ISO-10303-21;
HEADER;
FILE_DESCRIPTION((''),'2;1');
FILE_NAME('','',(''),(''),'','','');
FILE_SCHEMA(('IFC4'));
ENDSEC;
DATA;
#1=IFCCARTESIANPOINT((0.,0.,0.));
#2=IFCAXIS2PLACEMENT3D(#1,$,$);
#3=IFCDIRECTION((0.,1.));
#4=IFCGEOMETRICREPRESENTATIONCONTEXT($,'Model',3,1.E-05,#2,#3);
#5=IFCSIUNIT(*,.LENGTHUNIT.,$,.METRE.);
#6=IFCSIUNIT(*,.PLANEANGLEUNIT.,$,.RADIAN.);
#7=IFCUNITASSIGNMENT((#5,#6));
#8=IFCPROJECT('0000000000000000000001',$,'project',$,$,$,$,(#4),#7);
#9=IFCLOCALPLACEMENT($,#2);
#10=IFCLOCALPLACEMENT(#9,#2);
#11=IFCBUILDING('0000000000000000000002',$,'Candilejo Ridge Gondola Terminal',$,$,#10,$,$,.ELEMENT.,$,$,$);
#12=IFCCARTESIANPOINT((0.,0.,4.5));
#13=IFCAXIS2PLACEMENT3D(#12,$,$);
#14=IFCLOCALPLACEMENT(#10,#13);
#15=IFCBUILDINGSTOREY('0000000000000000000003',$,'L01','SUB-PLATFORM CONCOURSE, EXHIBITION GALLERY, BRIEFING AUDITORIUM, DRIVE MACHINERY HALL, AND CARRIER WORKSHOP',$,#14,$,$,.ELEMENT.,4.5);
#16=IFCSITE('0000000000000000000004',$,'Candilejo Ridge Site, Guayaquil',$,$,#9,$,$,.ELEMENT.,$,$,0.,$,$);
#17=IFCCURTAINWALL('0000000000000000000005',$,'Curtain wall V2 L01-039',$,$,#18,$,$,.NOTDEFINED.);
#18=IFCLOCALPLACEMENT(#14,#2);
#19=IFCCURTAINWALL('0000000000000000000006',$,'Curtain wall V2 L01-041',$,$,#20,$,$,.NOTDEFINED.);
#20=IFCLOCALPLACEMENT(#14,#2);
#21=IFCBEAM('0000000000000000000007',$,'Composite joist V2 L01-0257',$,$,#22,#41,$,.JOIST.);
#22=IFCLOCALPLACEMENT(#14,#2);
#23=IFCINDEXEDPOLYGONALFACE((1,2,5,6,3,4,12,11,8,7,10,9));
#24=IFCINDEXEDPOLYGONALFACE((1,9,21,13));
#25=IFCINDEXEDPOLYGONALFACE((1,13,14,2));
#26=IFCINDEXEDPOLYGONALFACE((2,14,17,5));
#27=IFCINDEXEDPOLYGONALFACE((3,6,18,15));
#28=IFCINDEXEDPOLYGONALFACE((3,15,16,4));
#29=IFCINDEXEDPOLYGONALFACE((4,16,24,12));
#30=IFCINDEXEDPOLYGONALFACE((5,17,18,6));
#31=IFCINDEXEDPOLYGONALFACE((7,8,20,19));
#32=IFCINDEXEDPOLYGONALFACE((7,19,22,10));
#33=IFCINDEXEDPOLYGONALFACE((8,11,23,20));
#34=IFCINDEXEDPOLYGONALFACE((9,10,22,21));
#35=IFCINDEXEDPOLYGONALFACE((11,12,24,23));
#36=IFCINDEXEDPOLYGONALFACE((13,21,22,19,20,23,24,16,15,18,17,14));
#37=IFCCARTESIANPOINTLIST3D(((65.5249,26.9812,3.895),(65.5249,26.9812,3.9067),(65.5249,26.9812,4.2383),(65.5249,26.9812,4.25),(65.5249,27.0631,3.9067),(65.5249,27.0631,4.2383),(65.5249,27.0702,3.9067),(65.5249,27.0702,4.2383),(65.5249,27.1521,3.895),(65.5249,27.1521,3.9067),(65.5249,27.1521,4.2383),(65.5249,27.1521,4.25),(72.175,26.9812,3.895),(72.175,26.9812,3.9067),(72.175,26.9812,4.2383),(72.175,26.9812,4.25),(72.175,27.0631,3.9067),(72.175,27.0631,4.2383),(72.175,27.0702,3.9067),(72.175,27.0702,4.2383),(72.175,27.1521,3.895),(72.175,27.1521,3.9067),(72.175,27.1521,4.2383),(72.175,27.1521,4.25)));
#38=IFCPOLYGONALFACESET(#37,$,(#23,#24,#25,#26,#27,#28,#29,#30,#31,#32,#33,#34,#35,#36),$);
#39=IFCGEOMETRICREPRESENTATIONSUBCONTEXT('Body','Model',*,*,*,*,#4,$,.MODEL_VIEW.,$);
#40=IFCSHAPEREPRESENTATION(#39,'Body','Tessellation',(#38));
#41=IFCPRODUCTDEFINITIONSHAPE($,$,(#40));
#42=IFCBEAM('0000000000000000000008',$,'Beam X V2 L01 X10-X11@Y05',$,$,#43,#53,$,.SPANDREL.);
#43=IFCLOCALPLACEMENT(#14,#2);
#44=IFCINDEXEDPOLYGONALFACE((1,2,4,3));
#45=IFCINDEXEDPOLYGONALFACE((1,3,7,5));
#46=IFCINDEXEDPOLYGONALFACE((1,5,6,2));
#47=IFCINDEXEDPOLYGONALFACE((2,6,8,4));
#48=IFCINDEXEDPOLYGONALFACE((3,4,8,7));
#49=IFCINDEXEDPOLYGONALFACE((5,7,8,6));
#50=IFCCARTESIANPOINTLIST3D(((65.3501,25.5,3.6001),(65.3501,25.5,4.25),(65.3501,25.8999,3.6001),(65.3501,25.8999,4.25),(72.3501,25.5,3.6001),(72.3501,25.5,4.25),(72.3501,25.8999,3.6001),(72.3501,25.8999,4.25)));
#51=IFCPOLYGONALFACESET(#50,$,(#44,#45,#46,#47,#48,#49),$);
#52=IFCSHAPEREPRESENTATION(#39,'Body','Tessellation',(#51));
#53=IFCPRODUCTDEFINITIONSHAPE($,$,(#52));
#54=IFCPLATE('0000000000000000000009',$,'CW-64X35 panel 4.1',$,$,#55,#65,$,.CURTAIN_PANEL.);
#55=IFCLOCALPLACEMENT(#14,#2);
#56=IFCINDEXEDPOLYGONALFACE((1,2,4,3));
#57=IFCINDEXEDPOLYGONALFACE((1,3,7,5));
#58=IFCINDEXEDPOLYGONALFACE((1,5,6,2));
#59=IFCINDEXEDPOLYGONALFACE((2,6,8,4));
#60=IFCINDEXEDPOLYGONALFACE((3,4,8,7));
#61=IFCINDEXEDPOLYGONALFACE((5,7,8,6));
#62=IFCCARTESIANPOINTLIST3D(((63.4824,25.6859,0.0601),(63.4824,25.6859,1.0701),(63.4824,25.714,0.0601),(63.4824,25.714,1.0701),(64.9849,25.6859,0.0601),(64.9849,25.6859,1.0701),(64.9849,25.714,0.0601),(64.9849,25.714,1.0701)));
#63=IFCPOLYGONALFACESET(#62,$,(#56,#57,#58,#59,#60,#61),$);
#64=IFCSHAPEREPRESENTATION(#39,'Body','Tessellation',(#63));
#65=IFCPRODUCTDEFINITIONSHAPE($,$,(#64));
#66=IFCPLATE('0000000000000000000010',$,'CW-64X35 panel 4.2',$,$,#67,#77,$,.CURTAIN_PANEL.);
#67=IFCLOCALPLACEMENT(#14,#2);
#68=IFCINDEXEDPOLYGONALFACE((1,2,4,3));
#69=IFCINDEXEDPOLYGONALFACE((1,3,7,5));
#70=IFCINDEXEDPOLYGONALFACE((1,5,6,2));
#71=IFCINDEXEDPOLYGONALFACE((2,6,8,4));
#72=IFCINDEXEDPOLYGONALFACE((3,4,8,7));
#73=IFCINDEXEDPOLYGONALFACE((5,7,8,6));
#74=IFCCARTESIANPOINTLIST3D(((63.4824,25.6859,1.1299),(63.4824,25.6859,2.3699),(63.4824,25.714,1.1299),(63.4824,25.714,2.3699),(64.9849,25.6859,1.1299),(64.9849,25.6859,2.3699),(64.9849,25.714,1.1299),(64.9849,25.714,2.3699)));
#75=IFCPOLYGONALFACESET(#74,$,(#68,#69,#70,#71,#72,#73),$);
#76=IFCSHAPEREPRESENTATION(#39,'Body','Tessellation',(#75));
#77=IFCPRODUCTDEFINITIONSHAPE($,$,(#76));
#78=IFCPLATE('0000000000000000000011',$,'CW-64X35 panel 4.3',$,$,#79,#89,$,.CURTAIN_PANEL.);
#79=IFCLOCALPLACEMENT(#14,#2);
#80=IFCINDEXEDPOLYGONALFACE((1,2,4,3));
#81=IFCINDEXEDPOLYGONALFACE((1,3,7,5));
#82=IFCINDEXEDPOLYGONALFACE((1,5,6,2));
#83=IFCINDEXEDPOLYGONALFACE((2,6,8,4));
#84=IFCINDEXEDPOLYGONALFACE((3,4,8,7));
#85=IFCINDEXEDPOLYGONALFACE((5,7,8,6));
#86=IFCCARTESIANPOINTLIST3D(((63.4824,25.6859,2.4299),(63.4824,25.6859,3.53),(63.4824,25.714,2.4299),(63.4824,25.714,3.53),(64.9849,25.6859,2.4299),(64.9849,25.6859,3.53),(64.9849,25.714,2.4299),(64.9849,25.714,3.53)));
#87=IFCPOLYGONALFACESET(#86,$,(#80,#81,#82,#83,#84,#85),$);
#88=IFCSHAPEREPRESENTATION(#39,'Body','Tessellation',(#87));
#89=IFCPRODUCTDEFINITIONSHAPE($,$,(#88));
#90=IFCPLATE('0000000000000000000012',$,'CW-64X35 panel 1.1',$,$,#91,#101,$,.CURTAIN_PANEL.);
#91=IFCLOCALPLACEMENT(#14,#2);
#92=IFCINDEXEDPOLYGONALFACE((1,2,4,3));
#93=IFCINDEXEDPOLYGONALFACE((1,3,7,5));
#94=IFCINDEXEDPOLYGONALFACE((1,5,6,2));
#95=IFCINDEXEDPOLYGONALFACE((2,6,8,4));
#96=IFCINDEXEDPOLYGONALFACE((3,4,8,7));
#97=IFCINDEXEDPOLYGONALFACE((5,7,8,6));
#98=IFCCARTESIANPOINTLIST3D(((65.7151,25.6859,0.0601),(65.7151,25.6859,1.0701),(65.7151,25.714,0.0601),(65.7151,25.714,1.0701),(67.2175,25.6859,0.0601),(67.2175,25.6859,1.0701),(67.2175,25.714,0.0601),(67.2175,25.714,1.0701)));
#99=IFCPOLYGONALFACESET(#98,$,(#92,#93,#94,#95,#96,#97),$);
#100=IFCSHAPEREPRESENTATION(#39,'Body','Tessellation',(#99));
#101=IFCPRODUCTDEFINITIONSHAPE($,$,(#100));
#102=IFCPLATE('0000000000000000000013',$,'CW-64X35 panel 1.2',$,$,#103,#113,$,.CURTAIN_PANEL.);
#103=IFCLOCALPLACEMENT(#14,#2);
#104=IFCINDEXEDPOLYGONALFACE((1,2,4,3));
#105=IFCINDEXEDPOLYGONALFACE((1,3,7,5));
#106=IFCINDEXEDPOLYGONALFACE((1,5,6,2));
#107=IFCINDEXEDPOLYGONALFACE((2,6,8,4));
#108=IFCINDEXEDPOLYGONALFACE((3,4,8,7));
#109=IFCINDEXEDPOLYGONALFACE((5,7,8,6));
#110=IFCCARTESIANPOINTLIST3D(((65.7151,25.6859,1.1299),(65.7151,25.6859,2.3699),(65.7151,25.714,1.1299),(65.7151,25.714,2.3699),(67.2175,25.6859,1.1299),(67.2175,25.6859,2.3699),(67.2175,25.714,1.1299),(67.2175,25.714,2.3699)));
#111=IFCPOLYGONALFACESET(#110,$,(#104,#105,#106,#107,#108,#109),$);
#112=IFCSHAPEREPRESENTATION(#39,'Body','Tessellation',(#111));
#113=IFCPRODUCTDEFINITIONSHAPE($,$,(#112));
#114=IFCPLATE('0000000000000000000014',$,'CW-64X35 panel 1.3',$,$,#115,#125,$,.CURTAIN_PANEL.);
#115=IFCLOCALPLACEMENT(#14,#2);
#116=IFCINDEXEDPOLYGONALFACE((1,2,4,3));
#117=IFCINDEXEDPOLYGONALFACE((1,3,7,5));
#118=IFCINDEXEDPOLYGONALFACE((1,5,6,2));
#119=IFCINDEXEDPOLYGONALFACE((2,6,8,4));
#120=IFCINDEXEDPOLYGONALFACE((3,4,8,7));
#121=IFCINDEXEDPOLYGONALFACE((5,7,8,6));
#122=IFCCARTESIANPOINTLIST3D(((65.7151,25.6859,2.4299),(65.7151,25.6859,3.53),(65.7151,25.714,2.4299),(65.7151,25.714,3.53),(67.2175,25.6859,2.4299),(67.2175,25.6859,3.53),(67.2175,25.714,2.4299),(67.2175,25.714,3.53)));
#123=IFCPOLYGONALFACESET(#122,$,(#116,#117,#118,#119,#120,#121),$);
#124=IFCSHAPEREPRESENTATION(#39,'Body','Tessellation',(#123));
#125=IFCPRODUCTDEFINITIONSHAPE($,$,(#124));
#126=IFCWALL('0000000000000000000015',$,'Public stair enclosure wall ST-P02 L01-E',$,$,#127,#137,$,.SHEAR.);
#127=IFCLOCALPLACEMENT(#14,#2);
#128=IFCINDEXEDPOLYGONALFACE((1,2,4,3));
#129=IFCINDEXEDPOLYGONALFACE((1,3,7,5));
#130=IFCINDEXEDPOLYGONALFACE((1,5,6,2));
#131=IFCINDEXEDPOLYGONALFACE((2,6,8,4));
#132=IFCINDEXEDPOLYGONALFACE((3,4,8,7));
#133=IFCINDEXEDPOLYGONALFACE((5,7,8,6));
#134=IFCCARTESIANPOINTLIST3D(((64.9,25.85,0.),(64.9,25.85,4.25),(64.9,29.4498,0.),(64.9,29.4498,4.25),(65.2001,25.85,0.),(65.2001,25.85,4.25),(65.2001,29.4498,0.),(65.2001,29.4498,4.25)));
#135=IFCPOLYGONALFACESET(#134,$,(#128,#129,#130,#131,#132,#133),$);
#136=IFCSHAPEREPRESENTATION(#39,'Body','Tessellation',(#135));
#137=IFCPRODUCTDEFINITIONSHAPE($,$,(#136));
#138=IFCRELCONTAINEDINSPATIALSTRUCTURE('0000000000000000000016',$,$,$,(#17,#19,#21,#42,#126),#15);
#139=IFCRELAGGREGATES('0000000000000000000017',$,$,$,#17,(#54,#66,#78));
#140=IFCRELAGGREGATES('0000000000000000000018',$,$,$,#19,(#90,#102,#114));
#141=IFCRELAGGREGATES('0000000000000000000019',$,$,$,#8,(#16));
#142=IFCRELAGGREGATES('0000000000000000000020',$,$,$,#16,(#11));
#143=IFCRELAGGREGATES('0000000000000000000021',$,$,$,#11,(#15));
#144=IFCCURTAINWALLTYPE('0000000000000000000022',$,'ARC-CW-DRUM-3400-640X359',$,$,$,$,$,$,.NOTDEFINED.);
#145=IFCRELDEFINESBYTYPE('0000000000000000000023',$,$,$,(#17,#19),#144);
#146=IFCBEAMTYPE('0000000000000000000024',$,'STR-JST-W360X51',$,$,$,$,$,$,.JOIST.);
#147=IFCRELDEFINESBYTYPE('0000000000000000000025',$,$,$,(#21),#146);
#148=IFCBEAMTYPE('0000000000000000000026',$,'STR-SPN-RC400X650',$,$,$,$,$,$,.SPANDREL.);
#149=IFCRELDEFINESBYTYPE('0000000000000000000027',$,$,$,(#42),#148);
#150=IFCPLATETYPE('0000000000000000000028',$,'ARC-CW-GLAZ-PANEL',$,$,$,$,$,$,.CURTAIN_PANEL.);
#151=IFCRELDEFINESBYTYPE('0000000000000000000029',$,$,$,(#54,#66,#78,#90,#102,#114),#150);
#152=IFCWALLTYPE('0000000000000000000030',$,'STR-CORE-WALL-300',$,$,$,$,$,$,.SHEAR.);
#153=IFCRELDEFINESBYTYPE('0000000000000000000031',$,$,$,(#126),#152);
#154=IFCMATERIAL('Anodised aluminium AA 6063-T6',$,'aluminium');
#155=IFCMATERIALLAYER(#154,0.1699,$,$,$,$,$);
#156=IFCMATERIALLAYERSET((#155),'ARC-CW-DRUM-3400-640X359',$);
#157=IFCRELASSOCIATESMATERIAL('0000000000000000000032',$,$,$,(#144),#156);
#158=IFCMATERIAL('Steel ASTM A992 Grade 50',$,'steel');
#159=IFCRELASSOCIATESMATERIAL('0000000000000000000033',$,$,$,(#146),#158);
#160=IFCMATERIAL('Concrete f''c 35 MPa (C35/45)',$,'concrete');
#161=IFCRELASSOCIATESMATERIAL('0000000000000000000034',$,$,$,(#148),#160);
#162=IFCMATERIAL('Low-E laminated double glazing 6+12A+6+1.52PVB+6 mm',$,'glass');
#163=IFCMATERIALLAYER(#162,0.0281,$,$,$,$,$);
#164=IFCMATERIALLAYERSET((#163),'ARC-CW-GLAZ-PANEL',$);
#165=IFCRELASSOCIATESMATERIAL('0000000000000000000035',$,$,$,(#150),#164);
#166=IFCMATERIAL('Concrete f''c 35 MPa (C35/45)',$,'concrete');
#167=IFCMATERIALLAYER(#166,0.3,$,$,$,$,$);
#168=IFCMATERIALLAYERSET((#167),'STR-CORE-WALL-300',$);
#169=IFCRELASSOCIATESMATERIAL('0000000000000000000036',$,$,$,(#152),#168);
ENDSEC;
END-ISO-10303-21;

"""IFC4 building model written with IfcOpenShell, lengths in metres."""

from ifc_helpers import new_model, si_unit, direction, frame, frame_2d, origin, origin_2d, place, context, subcontext, project, spatial, rectangle, i_section, extrude, material, layer, layer_set, material_profile, profile_set, type_object, element, aggregate, save


model = new_model("IFC4")

# Units and contexts
model_context = context("Model", 3, precision=1e-05, world=origin(), true_north=direction((0.0, 1.0)))
body_context = subcontext(model_context, "Body", "Model", "MODEL_VIEW")
ifc_project = project(units=[si_unit("LENGTHUNIT", "METRE"), si_unit("PLANEANGLEUNIT", "RADIAN")], contexts=[model_context])

# Site, building, storey
site_placement = place(None, origin())
site = spatial("IfcSite", under=ifc_project, at=site_placement, Name="Candilejo Ridge Site, Guayaquil", CompositionType="ELEMENT", RefElevation=0.0)
building_placement = place(site_placement, origin())
building = spatial("IfcBuilding", under=site, at=building_placement, Name="Candilejo Ridge Gondola Terminal", CompositionType="ELEMENT")
storey_placement = place(building_placement, frame((0.0, 0.0, 4.5)))
storey = spatial("IfcBuildingStorey", under=building, at=storey_placement, Name="L01", Description="SUB-PLATFORM CONCOURSE, EXHIBITION GALLERY, BRIEFING AUDITORIUM, DRIVE MACHINERY HALL, AND CARRIER WORKSHOP", CompositionType="ELEMENT", Elevation=4.5)

# Curtain wall
ifc_material_1 = material(Name="Anodised aluminium AA 6063-T6", Category="aluminium")
ifc_layer_1 = layer(ifc_material_1, 0.1699)
ifc_layer_set_1 = layer_set([ifc_layer_1], Name="ARC-CW-DRUM-3400-640X359")
curtain_wall_type = type_object("IfcCurtainWallType", Name="ARC-CW-DRUM-3400-640X359", PredefinedType="NOTDEFINED", material=ifc_layer_set_1)
curtain_wall_1_placement = place(storey_placement, origin())
curtain_wall_1 = element("IfcCurtainWall", 1, at=curtain_wall_1_placement, inside=storey, type_object=curtain_wall_type, Name="Curtain wall V2 L01-039", PredefinedType="NOTDEFINED")

# Curtain wall
curtain_wall_2_placement = place(storey_placement, origin())
curtain_wall_2 = element("IfcCurtainWall", 2, at=curtain_wall_2_placement, inside=storey, type_object=curtain_wall_type, Name="Curtain wall V2 L01-041", PredefinedType="NOTDEFINED")

# Beams
ifc_material_2 = material(Name="Steel ASTM A992 Grade 50", Category="steel")
ifc_material_profile_1 = material_profile(ifc_material_2, i_section(OverallWidth=0.1709, OverallDepth=0.355, WebThickness=0.0071, FlangeThickness=0.0117, at=origin_2d()))
ifc_profile_set_1 = profile_set([ifc_material_profile_1], Name="Steel ASTM A992 Grade 50")
beam_type_1 = type_object("IfcBeamType", Name="STR-JST-W360X51", PredefinedType="JOIST", material=ifc_profile_set_1)
beam_1_placement = place(storey_placement, frame((65.5249, 27.0667, 4.0725), z_axis=(1.0, 0.0, 0.0), x_axis=(0.0, 1.0, 0.0)))
element("IfcBeam", 3, at=beam_1_placement, inside=storey, type_object=beam_type_1, Name="Composite joist V2 L01-0257", PredefinedType="JOIST", context=body_context, shape_type="SweptSolid", body=[
    extrude(i_section(OverallWidth=0.1709, OverallDepth=0.355, WebThickness=0.0071, FlangeThickness=0.0117, at=origin_2d()), origin(), (0.0, 0.0, 1.0), 6.6501),
])
ifc_material_3 = material(Name="Concrete f'c 35 MPa (C35/45)", Category="concrete")
ifc_material_profile_2 = material_profile(ifc_material_3, rectangle(XDim=0.3999, YDim=0.6499, at=origin_2d()))
ifc_profile_set_2 = profile_set([ifc_material_profile_2], Name="Concrete f'c 35 MPa (C35/45)")
beam_type_2 = type_object("IfcBeamType", Name="STR-SPN-RC400X650", PredefinedType="SPANDREL", material=ifc_profile_set_2)
beam_2_placement = place(storey_placement, frame((65.3501, 25.7, 3.925), z_axis=(1.0, 0.0, 0.0), x_axis=(0.0, 1.0, 0.0)))
element("IfcBeam", 4, at=beam_2_placement, inside=storey, type_object=beam_type_2, Name="Beam X V2 L01 X10-X11@Y05", PredefinedType="SPANDREL", context=body_context, shape_type="SweptSolid", body=[
    extrude(rectangle(XDim=0.3999, YDim=0.6499, at=origin_2d()), origin(), (0.0, 0.0, 1.0), 7.0),
])

# Plates
ifc_material_4 = material(Name="Low-E laminated double glazing 6+12A+6+1.52PVB+6 mm", Category="glass")
ifc_layer_2 = layer(ifc_material_4, 0.0281)
ifc_layer_set_2 = layer_set([ifc_layer_2], Name="ARC-CW-GLAZ-PANEL")
plate_type = type_object("IfcPlateType", Name="ARC-CW-GLAZ-PANEL", PredefinedType="CURTAIN_PANEL", material=ifc_layer_set_2)
plate_1_placement = place(storey_placement, frame((64.2336, 25.7, 0.0601), z_axis=(0.0, 0.0, 1.0), x_axis=(1.0, 0.0, 0.0)))
plate_1 = element("IfcPlate", 5, at=plate_1_placement, type_object=plate_type, Name="CW-64X35 panel 4.1", PredefinedType="CURTAIN_PANEL", context=body_context, shape_type="SweptSolid", body=[
    extrude(rectangle(XDim=1.5024, YDim=0.0281, at=origin_2d()), origin(), (0.0, 0.0, 1.0), 1.01),
])
plate_2_placement = place(storey_placement, frame((64.2336, 25.7, 1.1299), z_axis=(0.0, 0.0, 1.0), x_axis=(1.0, 0.0, 0.0)))
plate_2 = element("IfcPlate", 6, at=plate_2_placement, type_object=plate_type, Name="CW-64X35 panel 4.2", PredefinedType="CURTAIN_PANEL", context=body_context, shape_type="SweptSolid", body=[
    extrude(rectangle(XDim=1.5024, YDim=0.0281, at=origin_2d()), origin(), (0.0, 0.0, 1.0), 1.24),
])
plate_3_placement = place(storey_placement, frame((64.2336, 25.7, 2.4299), z_axis=(0.0, 0.0, 1.0), x_axis=(1.0, 0.0, 0.0)))
plate_3 = element("IfcPlate", 7, at=plate_3_placement, type_object=plate_type, Name="CW-64X35 panel 4.3", PredefinedType="CURTAIN_PANEL", context=body_context, shape_type="SweptSolid", body=[
    extrude(rectangle(XDim=1.5024, YDim=0.0281, at=origin_2d()), origin(), (0.0, 0.0, 1.0), 1.1001),
])
aggregate(curtain_wall_1, [plate_1, plate_2, plate_3])
plate_4_placement = place(storey_placement, frame((66.4663, 25.7, 0.0601), z_axis=(0.0, 0.0, 1.0), x_axis=(1.0, 0.0, 0.0)))
plate_4 = element("IfcPlate", 8, at=plate_4_placement, type_object=plate_type, Name="CW-64X35 panel 1.1", PredefinedType="CURTAIN_PANEL", context=body_context, shape_type="SweptSolid", body=[
    extrude(rectangle(XDim=1.5024, YDim=0.0281, at=origin_2d()), origin(), (0.0, 0.0, 1.0), 1.01),
])
plate_5_placement = place(storey_placement, frame((66.4663, 25.7, 1.1299), z_axis=(0.0, 0.0, 1.0), x_axis=(1.0, 0.0, 0.0)))
plate_5 = element("IfcPlate", 9, at=plate_5_placement, type_object=plate_type, Name="CW-64X35 panel 1.2", PredefinedType="CURTAIN_PANEL", context=body_context, shape_type="SweptSolid", body=[
    extrude(rectangle(XDim=1.5024, YDim=0.0281, at=origin_2d()), origin(), (0.0, 0.0, 1.0), 1.24),
])
plate_6_placement = place(storey_placement, frame((66.4663, 25.7, 2.4299), z_axis=(0.0, 0.0, 1.0), x_axis=(1.0, 0.0, 0.0)))
plate_6 = element("IfcPlate", 10, at=plate_6_placement, type_object=plate_type, Name="CW-64X35 panel 1.3", PredefinedType="CURTAIN_PANEL", context=body_context, shape_type="SweptSolid", body=[
    extrude(rectangle(XDim=1.5024, YDim=0.0281, at=origin_2d()), origin(), (0.0, 0.0, 1.0), 1.1001),
])
aggregate(curtain_wall_2, [plate_4, plate_5, plate_6])

# Wall
ifc_material_5 = material(Name="Concrete f'c 35 MPa (C35/45)", Category="concrete")
ifc_layer_3 = layer(ifc_material_5, 0.3)
ifc_layer_set_3 = layer_set([ifc_layer_3], Name="STR-CORE-WALL-300")
wall_type = type_object("IfcWallType", Name="STR-CORE-WALL-300", PredefinedType="SHEAR", material=ifc_layer_set_3)
wall_placement = place(storey_placement, frame((65.05, 25.8501, 0.0), z_axis=(0.0, 0.0, 1.0), x_axis=(0.0, 1.0, 0.0)))
element("IfcWall", 11, at=wall_placement, inside=storey, type_object=wall_type, Name="Public stair enclosure wall ST-P02 L01-E", PredefinedType="SHEAR", context=body_context, shape_type="SweptSolid", body=[
    extrude(rectangle(XDim=3.5999, YDim=0.3, at=frame_2d((1.7998, 0.0))), origin(), (0.0, 0.0, 1.0), 4.25),
])

save(model, "model.ifc")
